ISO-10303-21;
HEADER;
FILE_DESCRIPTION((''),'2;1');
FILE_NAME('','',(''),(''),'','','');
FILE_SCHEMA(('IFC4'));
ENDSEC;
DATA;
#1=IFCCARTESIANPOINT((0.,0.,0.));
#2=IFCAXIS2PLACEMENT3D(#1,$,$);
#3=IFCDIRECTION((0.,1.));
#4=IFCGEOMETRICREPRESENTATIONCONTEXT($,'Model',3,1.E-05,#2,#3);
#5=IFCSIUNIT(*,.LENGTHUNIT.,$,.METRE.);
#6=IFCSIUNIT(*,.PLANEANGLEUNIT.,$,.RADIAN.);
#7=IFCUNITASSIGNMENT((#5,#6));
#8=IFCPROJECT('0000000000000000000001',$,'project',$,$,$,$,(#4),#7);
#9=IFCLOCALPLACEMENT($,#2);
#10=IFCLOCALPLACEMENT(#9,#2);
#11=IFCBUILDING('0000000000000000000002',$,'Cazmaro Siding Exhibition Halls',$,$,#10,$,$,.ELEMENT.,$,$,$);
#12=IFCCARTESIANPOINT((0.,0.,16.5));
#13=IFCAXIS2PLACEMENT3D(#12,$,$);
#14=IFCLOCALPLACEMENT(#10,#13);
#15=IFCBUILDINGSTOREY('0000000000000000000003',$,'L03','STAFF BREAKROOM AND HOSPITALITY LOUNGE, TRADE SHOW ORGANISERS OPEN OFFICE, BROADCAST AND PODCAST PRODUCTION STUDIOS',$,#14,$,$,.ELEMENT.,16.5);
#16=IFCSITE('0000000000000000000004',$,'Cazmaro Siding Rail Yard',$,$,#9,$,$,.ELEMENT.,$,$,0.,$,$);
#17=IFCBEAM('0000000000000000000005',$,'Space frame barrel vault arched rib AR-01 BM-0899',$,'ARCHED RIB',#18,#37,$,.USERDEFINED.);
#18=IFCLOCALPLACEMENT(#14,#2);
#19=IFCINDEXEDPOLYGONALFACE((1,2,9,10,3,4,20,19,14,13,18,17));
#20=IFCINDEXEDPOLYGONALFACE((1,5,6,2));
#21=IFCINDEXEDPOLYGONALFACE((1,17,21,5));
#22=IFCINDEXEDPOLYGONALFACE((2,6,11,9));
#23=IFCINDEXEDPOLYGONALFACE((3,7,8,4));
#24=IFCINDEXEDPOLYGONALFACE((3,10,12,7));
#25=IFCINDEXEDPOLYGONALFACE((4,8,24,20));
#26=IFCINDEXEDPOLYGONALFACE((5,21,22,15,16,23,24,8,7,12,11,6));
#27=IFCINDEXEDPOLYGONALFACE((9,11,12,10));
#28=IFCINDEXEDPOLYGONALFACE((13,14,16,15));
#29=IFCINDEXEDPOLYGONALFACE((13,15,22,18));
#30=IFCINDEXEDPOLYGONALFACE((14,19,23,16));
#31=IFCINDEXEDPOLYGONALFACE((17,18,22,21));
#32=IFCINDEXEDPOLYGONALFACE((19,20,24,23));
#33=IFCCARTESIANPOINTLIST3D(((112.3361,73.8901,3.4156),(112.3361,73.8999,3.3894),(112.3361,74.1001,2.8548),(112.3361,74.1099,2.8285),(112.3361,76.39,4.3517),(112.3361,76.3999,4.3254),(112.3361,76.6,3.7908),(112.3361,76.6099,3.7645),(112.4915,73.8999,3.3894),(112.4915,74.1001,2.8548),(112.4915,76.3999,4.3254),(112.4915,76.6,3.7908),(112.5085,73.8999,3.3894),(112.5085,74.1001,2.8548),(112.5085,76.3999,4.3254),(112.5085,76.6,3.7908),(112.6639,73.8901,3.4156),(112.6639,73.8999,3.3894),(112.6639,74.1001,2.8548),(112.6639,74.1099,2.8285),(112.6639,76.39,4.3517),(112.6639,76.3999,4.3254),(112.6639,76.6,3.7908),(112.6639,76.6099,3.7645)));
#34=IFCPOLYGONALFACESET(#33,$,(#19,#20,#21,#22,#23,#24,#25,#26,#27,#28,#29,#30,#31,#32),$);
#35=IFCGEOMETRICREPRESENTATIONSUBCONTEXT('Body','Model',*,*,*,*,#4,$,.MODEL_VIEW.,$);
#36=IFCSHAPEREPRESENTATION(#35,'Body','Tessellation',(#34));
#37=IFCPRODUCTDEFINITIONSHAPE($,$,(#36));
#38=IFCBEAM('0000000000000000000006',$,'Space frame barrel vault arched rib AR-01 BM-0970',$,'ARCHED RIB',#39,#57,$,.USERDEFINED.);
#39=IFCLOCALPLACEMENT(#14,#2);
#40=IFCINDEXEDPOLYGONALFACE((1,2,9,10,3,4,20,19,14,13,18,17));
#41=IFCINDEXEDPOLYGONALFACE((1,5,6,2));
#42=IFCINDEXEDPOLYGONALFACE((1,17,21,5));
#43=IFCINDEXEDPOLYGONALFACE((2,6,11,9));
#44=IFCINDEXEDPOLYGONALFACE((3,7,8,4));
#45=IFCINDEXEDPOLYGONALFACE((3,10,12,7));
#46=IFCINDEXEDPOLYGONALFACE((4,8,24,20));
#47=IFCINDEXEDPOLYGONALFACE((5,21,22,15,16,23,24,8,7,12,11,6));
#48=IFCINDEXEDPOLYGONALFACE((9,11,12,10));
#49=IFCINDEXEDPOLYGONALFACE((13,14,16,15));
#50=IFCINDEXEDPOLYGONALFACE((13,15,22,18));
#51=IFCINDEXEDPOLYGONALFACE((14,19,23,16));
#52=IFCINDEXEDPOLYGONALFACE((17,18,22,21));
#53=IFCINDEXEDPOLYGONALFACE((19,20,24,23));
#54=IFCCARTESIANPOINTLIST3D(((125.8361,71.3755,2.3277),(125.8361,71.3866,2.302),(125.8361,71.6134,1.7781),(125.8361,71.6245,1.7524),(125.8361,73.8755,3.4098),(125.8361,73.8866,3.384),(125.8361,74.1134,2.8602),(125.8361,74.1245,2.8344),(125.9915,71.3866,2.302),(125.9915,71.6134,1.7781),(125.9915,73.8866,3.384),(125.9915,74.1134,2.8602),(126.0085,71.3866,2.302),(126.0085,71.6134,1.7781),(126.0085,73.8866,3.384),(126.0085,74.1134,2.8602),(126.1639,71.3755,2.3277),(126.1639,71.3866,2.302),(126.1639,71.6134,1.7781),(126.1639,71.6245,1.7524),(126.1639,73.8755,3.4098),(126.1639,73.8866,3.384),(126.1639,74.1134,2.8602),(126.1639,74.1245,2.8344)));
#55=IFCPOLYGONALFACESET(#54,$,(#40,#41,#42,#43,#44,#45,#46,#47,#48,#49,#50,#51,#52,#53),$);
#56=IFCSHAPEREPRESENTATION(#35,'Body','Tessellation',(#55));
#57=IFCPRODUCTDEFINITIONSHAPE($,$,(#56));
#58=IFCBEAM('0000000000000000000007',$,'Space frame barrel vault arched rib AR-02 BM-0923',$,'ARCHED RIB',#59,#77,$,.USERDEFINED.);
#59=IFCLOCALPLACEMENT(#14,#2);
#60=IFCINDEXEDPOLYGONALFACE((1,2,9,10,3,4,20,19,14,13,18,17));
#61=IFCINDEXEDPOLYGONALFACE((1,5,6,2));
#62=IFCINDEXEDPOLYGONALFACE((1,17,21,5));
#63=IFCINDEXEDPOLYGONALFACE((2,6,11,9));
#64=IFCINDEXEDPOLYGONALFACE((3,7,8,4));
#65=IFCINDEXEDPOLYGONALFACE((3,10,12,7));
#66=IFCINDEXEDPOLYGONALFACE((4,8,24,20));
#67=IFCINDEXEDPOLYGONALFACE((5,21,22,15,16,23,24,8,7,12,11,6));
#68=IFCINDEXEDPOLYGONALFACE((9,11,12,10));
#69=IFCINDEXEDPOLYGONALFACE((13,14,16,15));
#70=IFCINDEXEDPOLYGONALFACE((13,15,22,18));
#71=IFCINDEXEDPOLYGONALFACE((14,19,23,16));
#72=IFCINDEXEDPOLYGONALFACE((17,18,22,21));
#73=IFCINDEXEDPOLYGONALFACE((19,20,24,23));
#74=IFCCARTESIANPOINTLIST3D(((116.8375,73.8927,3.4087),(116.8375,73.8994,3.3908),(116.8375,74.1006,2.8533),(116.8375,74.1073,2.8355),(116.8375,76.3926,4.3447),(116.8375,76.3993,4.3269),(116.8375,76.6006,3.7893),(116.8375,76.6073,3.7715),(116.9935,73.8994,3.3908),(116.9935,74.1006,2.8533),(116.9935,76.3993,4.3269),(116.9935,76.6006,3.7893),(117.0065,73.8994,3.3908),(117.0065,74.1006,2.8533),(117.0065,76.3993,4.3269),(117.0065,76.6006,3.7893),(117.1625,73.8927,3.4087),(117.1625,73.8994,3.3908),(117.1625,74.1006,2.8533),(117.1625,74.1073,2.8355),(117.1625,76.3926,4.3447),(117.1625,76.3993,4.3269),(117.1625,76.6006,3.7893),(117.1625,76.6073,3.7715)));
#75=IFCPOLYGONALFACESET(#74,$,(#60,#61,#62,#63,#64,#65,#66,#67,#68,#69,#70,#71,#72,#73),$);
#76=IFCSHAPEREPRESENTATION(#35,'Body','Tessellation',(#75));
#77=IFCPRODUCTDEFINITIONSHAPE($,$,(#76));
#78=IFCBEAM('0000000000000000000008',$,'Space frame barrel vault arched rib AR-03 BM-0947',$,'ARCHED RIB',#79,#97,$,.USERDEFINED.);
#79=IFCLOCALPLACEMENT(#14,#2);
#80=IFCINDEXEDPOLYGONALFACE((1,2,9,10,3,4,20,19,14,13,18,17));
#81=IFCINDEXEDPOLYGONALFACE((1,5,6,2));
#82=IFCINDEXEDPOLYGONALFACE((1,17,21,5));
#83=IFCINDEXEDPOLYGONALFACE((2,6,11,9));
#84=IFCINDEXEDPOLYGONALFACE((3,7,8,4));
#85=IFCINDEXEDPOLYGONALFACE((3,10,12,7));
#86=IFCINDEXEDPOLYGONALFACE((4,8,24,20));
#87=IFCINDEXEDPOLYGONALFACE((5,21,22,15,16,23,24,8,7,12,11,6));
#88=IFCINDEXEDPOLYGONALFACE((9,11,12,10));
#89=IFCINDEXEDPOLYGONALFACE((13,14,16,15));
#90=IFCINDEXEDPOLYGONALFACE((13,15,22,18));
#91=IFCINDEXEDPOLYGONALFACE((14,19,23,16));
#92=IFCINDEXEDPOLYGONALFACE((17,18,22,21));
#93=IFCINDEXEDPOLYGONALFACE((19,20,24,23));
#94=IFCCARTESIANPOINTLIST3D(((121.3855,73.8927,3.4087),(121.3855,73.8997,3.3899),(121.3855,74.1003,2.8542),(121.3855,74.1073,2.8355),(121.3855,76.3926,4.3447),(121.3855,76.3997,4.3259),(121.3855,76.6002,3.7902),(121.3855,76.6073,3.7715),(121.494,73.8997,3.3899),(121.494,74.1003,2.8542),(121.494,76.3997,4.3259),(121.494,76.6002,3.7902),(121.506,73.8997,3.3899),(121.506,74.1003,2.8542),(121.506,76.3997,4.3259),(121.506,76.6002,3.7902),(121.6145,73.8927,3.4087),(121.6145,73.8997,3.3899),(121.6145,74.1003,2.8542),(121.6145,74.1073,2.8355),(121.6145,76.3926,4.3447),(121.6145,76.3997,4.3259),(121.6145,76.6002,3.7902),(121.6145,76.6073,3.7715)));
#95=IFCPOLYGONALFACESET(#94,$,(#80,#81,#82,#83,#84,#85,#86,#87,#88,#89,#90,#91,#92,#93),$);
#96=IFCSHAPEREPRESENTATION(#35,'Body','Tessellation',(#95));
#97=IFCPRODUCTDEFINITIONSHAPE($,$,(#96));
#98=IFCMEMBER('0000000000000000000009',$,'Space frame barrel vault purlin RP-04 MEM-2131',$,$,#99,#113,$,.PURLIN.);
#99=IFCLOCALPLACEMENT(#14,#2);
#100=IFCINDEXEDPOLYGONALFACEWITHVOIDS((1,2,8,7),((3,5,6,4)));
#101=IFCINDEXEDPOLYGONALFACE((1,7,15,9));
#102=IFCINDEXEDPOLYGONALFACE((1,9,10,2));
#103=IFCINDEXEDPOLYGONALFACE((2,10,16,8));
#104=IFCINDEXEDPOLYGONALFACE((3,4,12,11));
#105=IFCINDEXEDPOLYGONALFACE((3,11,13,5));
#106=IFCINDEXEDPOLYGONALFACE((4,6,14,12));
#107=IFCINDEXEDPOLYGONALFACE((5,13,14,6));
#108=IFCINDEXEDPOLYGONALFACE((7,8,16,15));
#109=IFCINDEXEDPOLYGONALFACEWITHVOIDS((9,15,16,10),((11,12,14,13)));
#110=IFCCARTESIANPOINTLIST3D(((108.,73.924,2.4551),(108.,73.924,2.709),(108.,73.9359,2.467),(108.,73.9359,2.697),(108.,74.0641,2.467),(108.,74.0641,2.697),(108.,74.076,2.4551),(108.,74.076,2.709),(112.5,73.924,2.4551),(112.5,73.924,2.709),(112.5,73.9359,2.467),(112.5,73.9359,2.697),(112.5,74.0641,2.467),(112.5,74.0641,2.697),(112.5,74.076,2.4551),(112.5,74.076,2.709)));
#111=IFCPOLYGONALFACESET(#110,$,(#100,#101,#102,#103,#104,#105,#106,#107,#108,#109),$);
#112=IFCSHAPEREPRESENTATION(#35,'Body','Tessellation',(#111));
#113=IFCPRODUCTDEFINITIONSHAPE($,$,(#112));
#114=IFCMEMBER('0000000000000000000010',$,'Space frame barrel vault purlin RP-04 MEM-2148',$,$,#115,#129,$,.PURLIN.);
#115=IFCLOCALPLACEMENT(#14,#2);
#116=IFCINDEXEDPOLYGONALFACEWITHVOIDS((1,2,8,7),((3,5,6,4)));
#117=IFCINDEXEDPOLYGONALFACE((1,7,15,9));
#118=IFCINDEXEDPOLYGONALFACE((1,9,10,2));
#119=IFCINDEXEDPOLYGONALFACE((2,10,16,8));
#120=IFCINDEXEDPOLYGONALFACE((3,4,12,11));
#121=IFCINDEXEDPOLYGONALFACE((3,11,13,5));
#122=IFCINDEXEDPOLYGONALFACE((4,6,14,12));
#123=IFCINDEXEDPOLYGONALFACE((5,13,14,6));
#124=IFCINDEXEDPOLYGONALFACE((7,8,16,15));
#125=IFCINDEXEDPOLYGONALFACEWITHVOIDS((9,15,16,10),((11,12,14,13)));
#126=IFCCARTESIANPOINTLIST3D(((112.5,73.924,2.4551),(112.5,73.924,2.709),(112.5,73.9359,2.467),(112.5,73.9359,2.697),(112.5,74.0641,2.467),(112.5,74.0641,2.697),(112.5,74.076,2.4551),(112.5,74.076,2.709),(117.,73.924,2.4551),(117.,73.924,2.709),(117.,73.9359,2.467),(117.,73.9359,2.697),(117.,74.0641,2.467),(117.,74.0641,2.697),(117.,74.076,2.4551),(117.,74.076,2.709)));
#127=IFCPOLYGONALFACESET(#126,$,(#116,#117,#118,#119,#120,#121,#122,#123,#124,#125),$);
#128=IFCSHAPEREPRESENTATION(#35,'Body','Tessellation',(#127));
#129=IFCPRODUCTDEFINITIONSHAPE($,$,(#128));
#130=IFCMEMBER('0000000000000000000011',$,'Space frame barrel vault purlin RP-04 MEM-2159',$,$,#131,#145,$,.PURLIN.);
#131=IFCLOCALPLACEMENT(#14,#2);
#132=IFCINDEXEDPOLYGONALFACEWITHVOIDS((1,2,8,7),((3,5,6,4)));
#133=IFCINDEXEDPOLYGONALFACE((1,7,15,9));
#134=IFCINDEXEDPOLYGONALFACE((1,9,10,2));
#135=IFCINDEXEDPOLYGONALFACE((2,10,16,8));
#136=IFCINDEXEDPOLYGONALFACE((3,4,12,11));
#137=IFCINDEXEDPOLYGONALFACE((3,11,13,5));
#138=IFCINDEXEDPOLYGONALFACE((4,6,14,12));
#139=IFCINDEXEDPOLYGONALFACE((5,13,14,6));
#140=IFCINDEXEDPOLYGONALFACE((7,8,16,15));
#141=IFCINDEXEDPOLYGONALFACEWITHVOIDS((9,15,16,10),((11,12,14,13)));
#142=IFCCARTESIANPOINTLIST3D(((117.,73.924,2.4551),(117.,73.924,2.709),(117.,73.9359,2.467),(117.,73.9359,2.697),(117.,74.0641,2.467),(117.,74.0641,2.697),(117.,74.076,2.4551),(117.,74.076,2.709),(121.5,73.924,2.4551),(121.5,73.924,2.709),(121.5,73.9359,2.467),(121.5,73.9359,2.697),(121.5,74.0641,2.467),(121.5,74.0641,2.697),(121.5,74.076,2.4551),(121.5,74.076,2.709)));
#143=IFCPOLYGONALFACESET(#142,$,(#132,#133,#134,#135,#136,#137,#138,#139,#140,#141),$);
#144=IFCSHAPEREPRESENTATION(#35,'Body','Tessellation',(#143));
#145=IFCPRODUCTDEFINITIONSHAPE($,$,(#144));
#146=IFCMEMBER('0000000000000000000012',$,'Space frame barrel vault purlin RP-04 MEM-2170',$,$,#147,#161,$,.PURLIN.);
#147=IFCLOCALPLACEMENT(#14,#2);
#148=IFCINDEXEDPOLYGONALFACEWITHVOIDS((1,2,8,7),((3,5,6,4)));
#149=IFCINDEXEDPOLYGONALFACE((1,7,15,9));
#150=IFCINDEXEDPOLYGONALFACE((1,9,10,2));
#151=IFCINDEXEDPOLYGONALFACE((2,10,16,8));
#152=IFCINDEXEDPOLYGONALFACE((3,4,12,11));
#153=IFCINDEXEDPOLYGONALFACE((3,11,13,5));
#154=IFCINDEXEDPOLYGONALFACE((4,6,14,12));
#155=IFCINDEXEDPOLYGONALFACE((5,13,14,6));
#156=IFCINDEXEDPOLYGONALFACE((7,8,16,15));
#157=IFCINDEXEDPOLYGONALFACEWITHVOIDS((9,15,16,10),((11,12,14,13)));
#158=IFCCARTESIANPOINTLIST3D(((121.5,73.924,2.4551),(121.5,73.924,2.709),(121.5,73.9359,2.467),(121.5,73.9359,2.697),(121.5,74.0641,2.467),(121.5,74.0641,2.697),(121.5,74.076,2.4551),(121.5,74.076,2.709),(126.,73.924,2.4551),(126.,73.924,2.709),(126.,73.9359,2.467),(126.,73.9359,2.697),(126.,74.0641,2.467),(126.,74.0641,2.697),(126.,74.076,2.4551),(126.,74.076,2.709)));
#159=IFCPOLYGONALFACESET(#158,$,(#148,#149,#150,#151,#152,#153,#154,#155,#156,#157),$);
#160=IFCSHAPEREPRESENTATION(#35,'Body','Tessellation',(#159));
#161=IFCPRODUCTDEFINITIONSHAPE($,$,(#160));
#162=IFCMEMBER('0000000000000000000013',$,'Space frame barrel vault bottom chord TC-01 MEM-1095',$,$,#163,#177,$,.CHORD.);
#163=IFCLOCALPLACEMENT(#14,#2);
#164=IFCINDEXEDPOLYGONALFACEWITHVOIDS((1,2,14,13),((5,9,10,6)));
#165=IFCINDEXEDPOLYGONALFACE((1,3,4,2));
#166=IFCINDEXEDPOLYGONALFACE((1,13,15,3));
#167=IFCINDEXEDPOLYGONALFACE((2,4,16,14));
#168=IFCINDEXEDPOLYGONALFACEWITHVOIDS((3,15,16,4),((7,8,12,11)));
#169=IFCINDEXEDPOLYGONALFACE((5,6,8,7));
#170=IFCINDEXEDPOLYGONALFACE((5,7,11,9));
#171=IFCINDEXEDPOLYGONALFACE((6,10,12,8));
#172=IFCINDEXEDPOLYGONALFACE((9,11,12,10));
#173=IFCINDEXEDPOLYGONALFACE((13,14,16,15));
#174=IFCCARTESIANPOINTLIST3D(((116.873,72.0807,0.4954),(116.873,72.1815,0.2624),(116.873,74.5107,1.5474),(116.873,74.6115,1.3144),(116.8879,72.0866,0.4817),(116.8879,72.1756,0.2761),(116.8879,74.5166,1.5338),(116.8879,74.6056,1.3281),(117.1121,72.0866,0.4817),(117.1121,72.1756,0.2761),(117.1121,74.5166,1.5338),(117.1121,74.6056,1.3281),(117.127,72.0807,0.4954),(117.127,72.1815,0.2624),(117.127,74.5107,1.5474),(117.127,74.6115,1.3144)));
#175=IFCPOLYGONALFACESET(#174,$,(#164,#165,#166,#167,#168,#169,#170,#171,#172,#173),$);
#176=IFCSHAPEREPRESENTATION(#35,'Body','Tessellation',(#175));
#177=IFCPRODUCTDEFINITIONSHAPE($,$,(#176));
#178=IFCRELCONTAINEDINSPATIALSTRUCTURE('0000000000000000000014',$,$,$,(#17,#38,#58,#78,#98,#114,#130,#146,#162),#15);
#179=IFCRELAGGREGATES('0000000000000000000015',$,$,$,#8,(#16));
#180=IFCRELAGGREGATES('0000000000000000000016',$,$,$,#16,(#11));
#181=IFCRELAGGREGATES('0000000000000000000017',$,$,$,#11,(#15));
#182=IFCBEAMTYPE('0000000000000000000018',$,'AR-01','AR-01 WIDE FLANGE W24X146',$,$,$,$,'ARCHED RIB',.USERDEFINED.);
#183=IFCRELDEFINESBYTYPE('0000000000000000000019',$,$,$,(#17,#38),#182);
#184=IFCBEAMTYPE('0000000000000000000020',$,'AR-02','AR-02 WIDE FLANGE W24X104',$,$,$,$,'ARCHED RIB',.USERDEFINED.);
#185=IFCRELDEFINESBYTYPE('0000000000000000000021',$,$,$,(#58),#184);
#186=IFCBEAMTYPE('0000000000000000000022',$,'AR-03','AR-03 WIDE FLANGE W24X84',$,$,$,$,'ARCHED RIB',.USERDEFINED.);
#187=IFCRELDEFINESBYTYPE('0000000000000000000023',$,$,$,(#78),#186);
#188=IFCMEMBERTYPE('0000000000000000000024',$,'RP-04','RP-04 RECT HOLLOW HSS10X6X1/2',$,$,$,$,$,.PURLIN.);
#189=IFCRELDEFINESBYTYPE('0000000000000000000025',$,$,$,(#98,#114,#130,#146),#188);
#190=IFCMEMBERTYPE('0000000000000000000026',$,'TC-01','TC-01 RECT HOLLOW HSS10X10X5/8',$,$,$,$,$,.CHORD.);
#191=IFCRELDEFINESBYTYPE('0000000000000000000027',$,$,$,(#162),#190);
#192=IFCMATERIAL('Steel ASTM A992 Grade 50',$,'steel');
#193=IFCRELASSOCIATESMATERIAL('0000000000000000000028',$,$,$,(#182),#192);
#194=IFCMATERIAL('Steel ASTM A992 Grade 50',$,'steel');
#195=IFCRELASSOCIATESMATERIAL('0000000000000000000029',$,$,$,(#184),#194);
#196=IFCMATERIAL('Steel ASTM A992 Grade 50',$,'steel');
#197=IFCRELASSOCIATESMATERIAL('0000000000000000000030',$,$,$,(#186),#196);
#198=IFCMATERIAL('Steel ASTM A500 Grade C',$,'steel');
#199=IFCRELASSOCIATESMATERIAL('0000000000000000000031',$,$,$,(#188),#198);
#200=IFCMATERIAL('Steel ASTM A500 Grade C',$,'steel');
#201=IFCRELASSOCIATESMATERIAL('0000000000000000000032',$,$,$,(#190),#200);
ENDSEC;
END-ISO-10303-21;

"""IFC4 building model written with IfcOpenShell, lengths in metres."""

from ifc_helpers import new_model, si_unit, direction, frame, origin, origin_2d, place, context, subcontext, project, spatial, hollow_rectangle, i_section, extrude, material, material_profile, profile_set, type_object, element, save


model = new_model("IFC4")

# Units and contexts
model_context = context("Model", 3, precision=1e-05, world=origin(), true_north=direction((0.0, 1.0)))
body_context = subcontext(model_context, "Body", "Model", "MODEL_VIEW")
ifc_project = project(units=[si_unit("LENGTHUNIT", "METRE"), si_unit("PLANEANGLEUNIT", "RADIAN")], contexts=[model_context])

# Site, building, storey
site_placement = place(None, origin())
site = spatial("IfcSite", under=ifc_project, at=site_placement, Name="Cazmaro Siding Rail Yard", CompositionType="ELEMENT", RefElevation=0.0)
building_placement = place(site_placement, origin())
building = spatial("IfcBuilding", under=site, at=building_placement, Name="Cazmaro Siding Exhibition Halls", CompositionType="ELEMENT")
storey_placement = place(building_placement, frame((0.0, 0.0, 16.5)))
storey = spatial("IfcBuildingStorey", under=building, at=storey_placement, Name="L03", Description="STAFF BREAKROOM AND HOSPITALITY LOUNGE, TRADE SHOW ORGANISERS OPEN OFFICE, BROADCAST AND PODCAST PRODUCTION STUDIOS", CompositionType="ELEMENT", Elevation=16.5)

# Beams
ifc_material_1 = material(Name="Steel ASTM A992 Grade 50", Category="steel")
ifc_material_profile_1 = material_profile(ifc_material_1, i_section(OverallWidth=0.3279, OverallDepth=0.627, WebThickness=0.0171, FlangeThickness=0.0281, at=origin_2d()), Name="W24X146")
ifc_profile_set_1 = profile_set([ifc_material_profile_1], Name="Steel ASTM A992 Grade 50")
beam_type_1 = type_object("IfcBeamType", Name="AR-01", Description="AR-01 WIDE FLANGE W24X146", ElementType="ARCHED RIB", PredefinedType="USERDEFINED", material=ifc_profile_set_1)
beam_1_placement = place(storey_placement, frame((112.5, 74.0, 3.1221), z_axis=(0.0, 0.936509, 0.350642), x_axis=(-1.0, 0.0, 0.0)))
element("IfcBeam", 1, at=beam_1_placement, inside=storey, type_object=beam_type_1, Name="Space frame barrel vault arched rib AR-01 BM-0899", ObjectType="ARCHED RIB", PredefinedType="USERDEFINED", context=body_context, shape_type="SweptSolid", body=[
    extrude(i_section(OverallWidth=0.3279, OverallDepth=0.627, WebThickness=0.0171, FlangeThickness=0.0281, at=origin_2d()), origin(), (0.0, 0.0, 1.0), 2.6694),
])
beam_2_placement = place(storey_placement, frame((126.0, 71.5, 2.04), z_axis=(0.0, 0.91773, 0.397205), x_axis=(-1.0, 0.0, 0.0)))
element("IfcBeam", 2, at=beam_2_placement, inside=storey, type_object=beam_type_1, Name="Space frame barrel vault arched rib AR-01 BM-0970", ObjectType="ARCHED RIB", PredefinedType="USERDEFINED", context=body_context, shape_type="SweptSolid", body=[
    extrude(i_section(OverallWidth=0.3279, OverallDepth=0.627, WebThickness=0.0171, FlangeThickness=0.0281, at=origin_2d()), origin(), (0.0, 0.0, 1.0), 2.7241),
])
ifc_material_2 = material(Name="Steel ASTM A992 Grade 50", Category="steel")
ifc_material_profile_2 = material_profile(ifc_material_2, i_section(OverallWidth=0.325, OverallDepth=0.6121, WebThickness=0.0129, FlangeThickness=0.019, at=origin_2d()), Name="W24X104")
ifc_profile_set_2 = profile_set([ifc_material_profile_2], Name="Steel ASTM A992 Grade 50")
beam_type_2 = type_object("IfcBeamType", Name="AR-02", Description="AR-02 WIDE FLANGE W24X104", ElementType="ARCHED RIB", PredefinedType="USERDEFINED", material=ifc_profile_set_2)
beam_3_placement = place(storey_placement, frame((117.0, 74.0, 3.1221), z_axis=(0.0, 0.936509, 0.350642), x_axis=(-1.0, 0.0, 0.0)))
element("IfcBeam", 3, at=beam_3_placement, inside=storey, type_object=beam_type_2, Name="Space frame barrel vault arched rib AR-02 BM-0923", ObjectType="ARCHED RIB", PredefinedType="USERDEFINED", context=body_context, shape_type="SweptSolid", body=[
    extrude(i_section(OverallWidth=0.325, OverallDepth=0.6121, WebThickness=0.0129, FlangeThickness=0.019, at=origin_2d()), origin(), (0.0, 0.0, 1.0), 2.6694),
])
ifc_material_3 = material(Name="Steel ASTM A992 Grade 50", Category="steel")
ifc_material_profile_3 = material_profile(ifc_material_3, i_section(OverallWidth=0.229, OverallDepth=0.6121, WebThickness=0.012, FlangeThickness=0.02, at=origin_2d()), Name="W24X84")
ifc_profile_set_3 = profile_set([ifc_material_profile_3], Name="Steel ASTM A992 Grade 50")
beam_type_3 = type_object("IfcBeamType", Name="AR-03", Description="AR-03 WIDE FLANGE W24X84", ElementType="ARCHED RIB", PredefinedType="USERDEFINED", material=ifc_profile_set_3)
beam_4_placement = place(storey_placement, frame((121.5, 74.0, 3.1221), z_axis=(0.0, 0.936509, 0.350642), x_axis=(-1.0, 0.0, 0.0)))
element("IfcBeam", 4, at=beam_4_placement, inside=storey, type_object=beam_type_3, Name="Space frame barrel vault arched rib AR-03 BM-0947", ObjectType="ARCHED RIB", PredefinedType="USERDEFINED", context=body_context, shape_type="SweptSolid", body=[
    extrude(i_section(OverallWidth=0.229, OverallDepth=0.6121, WebThickness=0.012, FlangeThickness=0.02, at=origin_2d()), origin(), (0.0, 0.0, 1.0), 2.6694),
])

# Members
ifc_material_4 = material(Name="Steel ASTM A500 Grade C", Category="steel")
ifc_material_profile_4 = material_profile(ifc_material_4, hollow_rectangle(XDim=0.1521, YDim=0.2539, WallThickness=0.012, at=origin_2d()), Name="HSS10X6X1/2")
ifc_profile_set_4 = profile_set([ifc_material_profile_4], Name="Steel ASTM A500 Grade C")
member_type_1 = type_object("IfcMemberType", Name="RP-04", Description="RP-04 RECT HOLLOW HSS10X6X1/2", PredefinedType="PURLIN", material=ifc_profile_set_4)
for number, where, z_axis, x_axis, name in (
    (5, (108.0, 74.0, 2.582), (1.0, 0.0, 0.0), (0.0, 1.0, 0.0), "Space frame barrel vault purlin RP-04 MEM-2131"),
    (6, (112.5, 74.0, 2.582), (1.0, 0.0, 0.0), (0.0, 1.0, 0.0), "Space frame barrel vault purlin RP-04 MEM-2148"),
    (7, (117.0, 74.0, 2.582), (1.0, 0.0, 0.0), (0.0, 1.0, 0.0), "Space frame barrel vault purlin RP-04 MEM-2159"),
    (8, (121.5, 74.0, 2.582), (1.0, 0.0, 0.0), (0.0, 1.0, 0.0), "Space frame barrel vault purlin RP-04 MEM-2170"),
):
    element("IfcMember", number, at=place(storey_placement, frame(where, z_axis=z_axis, x_axis=x_axis)), inside=storey, type_object=member_type_1, Name=name, PredefinedType="PURLIN", context=body_context, shape_type="SweptSolid", body=[
        extrude(hollow_rectangle(XDim=0.1521, YDim=0.2539, WallThickness=0.012, at=origin_2d()), origin(), (0.0, 0.0, 1.0), 4.5),
    ])
ifc_material_5 = material(Name="Steel ASTM A500 Grade C", Category="steel")
ifc_material_profile_5 = material_profile(ifc_material_5, hollow_rectangle(XDim=0.2539, YDim=0.2539, WallThickness=0.0149, at=origin_2d()), Name="HSS10X10X5/8")
ifc_profile_set_5 = profile_set([ifc_material_profile_5], Name="Steel ASTM A500 Grade C")
member_type_2 = type_object("IfcMemberType", Name="TC-01", Description="TC-01 RECT HOLLOW HSS10X10X5/8", PredefinedType="CHORD", material=ifc_profile_set_5)
member_placement = place(storey_placement, frame((117.0, 72.1311, 0.3789), z_axis=(0.0, 0.917689, 0.397299), x_axis=(-1.0, 0.0, 0.0)))
element("IfcMember", 9, at=member_placement, inside=storey, type_object=member_type_2, Name="Space frame barrel vault bottom chord TC-01 MEM-1095", PredefinedType="CHORD", context=body_context, shape_type="SweptSolid", body=[
    extrude(hollow_rectangle(XDim=0.2539, YDim=0.2539, WallThickness=0.0149, at=origin_2d()), origin(), (0.0, 0.0, 1.0), 2.6479),
])

save(model, "model.ifc")
